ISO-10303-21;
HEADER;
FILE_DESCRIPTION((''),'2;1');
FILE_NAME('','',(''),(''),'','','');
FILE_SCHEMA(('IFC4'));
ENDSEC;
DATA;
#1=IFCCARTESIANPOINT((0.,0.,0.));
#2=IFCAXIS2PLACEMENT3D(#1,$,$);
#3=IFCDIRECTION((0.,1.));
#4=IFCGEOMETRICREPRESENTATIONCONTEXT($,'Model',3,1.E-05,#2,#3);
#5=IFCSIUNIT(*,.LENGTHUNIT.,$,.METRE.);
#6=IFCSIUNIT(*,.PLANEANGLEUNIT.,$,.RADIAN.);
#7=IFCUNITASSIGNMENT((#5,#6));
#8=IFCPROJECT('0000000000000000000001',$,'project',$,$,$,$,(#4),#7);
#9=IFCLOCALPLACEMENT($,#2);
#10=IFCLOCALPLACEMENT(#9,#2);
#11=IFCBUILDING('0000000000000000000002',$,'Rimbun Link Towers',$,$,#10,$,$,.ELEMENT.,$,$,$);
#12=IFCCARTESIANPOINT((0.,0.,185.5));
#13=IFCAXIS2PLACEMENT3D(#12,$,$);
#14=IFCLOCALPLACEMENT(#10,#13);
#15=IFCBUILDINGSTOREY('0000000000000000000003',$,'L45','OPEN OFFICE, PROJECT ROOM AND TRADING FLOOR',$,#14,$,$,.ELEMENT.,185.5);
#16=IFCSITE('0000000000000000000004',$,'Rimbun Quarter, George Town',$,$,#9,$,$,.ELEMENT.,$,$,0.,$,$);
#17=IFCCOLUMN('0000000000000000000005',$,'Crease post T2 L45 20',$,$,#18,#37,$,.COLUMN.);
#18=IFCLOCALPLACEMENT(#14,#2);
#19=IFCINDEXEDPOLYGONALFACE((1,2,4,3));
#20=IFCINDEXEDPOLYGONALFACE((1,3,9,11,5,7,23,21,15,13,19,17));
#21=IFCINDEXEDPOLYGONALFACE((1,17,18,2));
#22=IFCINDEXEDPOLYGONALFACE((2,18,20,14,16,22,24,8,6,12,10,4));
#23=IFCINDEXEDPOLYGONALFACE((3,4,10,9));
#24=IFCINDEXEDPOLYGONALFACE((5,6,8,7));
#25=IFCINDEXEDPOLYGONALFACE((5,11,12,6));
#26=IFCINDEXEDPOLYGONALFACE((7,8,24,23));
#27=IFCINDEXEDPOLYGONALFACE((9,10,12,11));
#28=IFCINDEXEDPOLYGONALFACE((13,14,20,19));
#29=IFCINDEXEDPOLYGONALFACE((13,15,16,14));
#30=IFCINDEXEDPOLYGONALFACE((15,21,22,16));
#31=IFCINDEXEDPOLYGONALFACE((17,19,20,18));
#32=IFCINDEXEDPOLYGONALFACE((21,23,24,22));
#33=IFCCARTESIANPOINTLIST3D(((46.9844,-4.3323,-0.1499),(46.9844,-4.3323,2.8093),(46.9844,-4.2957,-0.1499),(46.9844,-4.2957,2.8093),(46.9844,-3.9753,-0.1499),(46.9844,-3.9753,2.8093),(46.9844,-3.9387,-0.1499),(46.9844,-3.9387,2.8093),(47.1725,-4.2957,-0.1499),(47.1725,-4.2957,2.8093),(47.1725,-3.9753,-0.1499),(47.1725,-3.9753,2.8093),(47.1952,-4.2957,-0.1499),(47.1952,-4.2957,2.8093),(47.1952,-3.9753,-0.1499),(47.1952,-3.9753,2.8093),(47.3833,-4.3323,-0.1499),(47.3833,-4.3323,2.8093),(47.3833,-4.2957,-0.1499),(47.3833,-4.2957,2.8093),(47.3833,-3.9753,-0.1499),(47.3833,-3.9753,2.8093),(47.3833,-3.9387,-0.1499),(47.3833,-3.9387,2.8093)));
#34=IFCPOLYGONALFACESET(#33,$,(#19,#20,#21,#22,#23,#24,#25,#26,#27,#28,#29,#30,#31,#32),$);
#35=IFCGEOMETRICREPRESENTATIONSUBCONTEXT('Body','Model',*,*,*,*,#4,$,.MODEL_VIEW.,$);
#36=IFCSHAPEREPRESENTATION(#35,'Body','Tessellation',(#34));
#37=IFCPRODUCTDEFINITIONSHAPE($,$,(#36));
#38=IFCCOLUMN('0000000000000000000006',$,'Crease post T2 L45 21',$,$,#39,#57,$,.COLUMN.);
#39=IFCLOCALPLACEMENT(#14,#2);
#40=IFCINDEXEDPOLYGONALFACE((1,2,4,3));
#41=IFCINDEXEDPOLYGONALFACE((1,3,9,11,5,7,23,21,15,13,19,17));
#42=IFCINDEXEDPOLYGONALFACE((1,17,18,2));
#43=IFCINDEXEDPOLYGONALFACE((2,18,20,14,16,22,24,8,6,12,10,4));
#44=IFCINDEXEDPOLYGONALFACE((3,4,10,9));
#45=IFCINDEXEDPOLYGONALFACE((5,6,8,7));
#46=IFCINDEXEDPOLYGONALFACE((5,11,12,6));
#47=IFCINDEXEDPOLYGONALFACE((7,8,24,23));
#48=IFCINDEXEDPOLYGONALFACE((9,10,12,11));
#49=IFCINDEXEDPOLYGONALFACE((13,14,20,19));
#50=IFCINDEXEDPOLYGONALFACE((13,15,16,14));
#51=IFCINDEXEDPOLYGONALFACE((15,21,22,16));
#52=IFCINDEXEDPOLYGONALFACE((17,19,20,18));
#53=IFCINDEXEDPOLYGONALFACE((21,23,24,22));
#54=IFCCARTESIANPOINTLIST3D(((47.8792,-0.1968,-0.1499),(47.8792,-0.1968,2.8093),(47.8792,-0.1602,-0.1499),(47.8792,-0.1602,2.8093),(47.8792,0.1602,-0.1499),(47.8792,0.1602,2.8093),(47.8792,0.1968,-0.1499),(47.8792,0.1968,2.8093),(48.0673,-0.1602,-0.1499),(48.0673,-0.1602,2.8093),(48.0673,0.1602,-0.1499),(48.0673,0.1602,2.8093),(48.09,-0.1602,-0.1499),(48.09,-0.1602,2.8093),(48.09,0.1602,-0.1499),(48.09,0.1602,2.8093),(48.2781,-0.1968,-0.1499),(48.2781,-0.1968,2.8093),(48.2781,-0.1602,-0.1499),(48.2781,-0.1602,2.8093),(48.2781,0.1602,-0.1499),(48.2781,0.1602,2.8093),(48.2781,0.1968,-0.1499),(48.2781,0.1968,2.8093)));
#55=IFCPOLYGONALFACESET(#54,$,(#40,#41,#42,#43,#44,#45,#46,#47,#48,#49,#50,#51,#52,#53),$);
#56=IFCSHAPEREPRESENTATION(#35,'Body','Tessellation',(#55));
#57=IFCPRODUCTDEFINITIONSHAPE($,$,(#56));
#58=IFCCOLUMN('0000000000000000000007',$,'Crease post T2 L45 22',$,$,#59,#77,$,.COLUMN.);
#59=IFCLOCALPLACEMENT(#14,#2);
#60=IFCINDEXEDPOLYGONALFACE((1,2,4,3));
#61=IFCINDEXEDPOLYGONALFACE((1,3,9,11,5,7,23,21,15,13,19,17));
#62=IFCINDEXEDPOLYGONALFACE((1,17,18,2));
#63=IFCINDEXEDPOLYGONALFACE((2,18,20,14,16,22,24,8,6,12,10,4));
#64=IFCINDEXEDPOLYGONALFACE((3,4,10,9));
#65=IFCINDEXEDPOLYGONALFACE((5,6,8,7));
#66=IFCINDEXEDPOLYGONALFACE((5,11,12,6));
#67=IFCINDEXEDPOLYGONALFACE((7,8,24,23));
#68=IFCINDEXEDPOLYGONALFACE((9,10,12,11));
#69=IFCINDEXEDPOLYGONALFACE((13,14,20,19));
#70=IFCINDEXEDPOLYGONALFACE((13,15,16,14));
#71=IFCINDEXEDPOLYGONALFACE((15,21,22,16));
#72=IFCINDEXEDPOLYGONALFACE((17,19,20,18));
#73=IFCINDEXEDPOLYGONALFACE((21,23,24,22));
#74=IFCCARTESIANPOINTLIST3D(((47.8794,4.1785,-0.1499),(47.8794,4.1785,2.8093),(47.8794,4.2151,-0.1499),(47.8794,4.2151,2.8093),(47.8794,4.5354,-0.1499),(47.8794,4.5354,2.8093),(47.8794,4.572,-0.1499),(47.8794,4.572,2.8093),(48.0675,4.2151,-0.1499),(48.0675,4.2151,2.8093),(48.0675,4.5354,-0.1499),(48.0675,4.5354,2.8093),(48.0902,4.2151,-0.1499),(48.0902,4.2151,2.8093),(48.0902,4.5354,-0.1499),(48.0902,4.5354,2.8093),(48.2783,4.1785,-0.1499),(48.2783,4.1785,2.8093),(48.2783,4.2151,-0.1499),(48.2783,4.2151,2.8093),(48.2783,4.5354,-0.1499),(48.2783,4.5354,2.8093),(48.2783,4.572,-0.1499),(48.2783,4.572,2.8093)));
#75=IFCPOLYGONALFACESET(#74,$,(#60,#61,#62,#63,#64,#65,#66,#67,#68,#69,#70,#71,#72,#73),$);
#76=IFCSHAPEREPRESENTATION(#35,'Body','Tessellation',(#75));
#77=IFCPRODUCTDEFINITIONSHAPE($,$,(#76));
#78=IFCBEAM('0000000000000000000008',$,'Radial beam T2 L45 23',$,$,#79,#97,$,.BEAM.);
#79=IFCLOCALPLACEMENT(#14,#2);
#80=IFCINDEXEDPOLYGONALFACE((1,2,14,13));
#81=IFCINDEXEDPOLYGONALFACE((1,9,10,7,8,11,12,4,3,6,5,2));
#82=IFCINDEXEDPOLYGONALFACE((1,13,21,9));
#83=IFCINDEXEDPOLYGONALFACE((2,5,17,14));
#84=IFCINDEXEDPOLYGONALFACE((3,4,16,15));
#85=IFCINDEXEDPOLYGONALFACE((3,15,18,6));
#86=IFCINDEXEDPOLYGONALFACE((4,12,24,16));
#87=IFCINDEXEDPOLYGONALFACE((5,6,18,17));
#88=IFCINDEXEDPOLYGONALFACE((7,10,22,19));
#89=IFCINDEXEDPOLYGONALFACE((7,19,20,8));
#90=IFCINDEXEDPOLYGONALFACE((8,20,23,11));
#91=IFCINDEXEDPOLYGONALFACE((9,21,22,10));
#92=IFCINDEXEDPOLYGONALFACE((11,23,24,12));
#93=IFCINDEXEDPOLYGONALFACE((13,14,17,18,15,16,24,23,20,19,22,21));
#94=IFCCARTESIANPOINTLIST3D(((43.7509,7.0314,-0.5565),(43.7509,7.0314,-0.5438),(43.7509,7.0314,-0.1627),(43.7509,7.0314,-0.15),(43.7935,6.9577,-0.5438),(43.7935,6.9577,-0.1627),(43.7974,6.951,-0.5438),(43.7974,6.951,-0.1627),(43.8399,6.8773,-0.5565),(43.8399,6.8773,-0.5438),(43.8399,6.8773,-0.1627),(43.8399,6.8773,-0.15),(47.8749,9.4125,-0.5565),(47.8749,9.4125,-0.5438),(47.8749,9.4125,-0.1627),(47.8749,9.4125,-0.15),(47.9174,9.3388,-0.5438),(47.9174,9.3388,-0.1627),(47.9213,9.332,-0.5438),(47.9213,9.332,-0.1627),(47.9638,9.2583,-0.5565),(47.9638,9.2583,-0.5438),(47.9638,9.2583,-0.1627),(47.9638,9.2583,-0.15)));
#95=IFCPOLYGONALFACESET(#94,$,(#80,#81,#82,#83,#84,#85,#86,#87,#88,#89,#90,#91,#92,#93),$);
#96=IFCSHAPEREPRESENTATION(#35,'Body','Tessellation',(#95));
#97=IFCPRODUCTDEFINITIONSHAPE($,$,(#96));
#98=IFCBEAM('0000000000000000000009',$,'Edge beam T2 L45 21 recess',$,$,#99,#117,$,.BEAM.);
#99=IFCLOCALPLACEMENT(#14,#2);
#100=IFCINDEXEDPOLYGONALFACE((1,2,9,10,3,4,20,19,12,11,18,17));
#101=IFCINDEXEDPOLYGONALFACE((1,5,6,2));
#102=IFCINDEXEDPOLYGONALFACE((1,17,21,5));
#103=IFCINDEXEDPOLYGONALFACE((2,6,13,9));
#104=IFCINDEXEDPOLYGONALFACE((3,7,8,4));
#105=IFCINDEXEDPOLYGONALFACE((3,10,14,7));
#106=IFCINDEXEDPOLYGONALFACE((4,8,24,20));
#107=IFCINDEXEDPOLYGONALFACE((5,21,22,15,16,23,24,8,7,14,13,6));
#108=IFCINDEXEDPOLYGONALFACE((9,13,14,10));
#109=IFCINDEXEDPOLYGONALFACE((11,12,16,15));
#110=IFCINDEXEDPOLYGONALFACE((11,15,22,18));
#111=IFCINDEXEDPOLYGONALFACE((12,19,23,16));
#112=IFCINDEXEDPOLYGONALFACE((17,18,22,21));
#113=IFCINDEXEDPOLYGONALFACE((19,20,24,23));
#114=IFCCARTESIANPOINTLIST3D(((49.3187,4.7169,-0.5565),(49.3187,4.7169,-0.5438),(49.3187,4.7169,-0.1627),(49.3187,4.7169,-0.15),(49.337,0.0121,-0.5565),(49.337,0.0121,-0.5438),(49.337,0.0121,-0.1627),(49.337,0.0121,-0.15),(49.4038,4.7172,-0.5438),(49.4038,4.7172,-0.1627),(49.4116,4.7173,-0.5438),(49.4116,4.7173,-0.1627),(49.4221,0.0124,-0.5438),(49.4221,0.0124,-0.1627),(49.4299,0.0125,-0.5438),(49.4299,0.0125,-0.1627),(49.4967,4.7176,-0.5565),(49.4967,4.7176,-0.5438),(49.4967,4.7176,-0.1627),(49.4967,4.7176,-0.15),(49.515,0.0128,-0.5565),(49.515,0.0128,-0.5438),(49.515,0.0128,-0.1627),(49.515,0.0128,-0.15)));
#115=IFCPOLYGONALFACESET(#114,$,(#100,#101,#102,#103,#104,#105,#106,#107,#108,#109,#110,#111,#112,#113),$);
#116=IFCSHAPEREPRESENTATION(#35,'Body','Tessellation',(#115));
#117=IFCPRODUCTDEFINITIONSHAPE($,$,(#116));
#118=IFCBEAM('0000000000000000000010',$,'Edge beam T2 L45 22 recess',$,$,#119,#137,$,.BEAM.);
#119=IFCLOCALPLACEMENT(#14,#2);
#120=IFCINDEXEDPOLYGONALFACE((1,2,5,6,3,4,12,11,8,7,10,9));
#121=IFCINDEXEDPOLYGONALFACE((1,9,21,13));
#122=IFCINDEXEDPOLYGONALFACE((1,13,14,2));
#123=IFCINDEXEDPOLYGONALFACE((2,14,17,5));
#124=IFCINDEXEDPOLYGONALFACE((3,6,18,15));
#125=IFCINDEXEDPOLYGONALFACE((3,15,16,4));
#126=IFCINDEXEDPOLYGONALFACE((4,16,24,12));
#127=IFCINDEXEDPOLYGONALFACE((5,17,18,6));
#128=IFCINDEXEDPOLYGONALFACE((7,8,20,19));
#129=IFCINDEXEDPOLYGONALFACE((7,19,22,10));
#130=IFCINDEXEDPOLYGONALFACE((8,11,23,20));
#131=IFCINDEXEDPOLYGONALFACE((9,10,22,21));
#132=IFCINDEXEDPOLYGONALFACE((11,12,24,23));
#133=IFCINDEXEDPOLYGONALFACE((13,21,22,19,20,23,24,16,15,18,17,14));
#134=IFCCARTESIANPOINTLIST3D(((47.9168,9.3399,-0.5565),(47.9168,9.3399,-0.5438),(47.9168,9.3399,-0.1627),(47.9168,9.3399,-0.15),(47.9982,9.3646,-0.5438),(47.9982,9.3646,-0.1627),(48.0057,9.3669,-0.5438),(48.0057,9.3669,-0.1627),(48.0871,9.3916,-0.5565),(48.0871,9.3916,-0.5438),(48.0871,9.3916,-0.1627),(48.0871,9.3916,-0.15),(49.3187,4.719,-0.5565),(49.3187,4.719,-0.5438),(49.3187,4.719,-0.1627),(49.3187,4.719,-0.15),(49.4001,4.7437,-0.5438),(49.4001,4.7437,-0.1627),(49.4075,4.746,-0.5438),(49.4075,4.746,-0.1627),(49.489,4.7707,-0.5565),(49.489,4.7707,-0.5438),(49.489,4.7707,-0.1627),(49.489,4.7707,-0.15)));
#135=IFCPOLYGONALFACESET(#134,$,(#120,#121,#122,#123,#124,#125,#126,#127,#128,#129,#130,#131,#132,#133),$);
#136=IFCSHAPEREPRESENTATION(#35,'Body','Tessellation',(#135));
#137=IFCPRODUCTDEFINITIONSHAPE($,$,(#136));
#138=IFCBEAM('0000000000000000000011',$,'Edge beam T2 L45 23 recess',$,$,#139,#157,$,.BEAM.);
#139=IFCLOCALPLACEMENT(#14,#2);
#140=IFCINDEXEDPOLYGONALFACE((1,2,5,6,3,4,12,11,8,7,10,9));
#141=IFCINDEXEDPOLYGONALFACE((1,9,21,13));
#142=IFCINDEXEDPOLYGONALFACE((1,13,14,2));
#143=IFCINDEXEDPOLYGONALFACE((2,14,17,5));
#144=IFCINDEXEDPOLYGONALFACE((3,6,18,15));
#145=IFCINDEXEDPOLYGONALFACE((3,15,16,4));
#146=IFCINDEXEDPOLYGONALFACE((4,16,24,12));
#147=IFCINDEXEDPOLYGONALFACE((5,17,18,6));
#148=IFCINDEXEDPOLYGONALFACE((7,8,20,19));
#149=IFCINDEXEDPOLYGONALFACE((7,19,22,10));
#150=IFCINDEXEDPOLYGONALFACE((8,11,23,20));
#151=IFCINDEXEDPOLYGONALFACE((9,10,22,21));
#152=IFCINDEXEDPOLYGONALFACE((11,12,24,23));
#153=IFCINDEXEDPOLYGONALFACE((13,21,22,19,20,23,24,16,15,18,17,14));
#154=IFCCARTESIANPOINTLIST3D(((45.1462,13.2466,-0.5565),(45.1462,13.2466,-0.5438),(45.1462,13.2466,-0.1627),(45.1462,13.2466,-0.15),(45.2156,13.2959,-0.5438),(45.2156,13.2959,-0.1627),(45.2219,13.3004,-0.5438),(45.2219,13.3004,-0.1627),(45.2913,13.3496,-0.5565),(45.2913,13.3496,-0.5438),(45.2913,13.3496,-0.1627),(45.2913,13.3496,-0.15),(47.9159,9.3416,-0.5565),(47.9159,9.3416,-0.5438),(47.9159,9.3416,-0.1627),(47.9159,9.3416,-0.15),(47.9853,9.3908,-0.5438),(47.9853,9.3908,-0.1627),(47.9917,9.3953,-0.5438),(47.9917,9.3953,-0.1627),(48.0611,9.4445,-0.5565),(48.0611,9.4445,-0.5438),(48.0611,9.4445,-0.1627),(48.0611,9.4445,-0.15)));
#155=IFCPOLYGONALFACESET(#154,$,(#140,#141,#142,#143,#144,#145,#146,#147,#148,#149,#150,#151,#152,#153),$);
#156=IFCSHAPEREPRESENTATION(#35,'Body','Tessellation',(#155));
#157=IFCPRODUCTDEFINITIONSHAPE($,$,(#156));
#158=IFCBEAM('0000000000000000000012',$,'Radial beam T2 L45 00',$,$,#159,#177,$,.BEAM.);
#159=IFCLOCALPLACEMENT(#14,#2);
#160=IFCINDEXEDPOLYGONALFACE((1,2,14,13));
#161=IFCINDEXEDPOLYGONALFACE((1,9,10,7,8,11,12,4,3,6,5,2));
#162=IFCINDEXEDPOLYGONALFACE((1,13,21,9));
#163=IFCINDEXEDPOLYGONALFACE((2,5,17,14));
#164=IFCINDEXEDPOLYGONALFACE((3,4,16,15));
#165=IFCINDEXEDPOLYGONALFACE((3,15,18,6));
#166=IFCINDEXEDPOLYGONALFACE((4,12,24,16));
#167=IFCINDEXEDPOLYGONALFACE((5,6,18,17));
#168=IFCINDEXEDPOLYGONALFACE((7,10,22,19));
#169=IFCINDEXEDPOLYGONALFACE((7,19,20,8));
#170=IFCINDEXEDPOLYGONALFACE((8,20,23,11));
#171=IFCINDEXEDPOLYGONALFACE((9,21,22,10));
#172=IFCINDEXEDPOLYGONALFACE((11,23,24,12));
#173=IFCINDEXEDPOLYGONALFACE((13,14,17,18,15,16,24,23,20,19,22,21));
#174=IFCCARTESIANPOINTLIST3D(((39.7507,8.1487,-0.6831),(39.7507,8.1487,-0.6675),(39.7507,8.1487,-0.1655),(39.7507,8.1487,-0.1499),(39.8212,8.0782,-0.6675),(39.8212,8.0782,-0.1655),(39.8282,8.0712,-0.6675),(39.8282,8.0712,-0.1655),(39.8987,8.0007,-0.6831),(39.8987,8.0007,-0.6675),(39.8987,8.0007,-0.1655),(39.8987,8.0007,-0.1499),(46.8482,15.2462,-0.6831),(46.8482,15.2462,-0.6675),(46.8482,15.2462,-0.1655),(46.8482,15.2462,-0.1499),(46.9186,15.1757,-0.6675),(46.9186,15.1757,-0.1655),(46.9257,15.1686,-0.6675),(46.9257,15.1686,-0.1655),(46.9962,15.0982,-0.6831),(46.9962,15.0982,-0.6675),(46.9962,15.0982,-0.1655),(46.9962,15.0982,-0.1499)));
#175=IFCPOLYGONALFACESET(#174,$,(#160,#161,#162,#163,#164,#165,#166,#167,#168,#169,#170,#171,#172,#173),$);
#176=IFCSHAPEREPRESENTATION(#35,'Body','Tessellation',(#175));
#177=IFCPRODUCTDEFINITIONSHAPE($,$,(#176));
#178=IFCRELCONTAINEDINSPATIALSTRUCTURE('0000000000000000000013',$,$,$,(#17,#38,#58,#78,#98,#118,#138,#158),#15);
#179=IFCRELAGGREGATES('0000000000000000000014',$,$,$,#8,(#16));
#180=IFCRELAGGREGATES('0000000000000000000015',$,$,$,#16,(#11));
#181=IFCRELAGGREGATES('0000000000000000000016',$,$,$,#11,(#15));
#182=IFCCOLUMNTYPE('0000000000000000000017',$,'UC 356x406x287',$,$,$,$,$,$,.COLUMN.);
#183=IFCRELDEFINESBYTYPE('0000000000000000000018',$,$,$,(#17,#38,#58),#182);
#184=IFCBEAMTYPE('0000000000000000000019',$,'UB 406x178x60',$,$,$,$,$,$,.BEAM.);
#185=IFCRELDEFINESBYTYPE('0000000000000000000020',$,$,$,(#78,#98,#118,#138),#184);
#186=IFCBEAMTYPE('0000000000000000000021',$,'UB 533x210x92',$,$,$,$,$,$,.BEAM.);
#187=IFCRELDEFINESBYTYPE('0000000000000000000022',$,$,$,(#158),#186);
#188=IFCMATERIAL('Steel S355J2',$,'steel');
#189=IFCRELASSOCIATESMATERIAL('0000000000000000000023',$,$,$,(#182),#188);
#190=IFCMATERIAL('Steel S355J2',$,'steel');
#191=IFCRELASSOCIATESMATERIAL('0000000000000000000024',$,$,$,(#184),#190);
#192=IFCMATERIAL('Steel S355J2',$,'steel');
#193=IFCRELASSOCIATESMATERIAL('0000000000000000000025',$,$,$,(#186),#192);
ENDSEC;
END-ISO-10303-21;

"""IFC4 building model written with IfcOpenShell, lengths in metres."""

from ifc_helpers import new_model, si_unit, direction, frame, origin, origin_2d, place, context, subcontext, project, spatial, i_section, extrude, material, material_profile, profile_set, type_object, element, save


model = new_model("IFC4")

# Units and contexts
model_context = context("Model", 3, precision=1e-05, world=origin(), true_north=direction((0.0, 1.0)))
body_context = subcontext(model_context, "Body", "Model", "MODEL_VIEW")
ifc_project = project(units=[si_unit("LENGTHUNIT", "METRE"), si_unit("PLANEANGLEUNIT", "RADIAN")], contexts=[model_context])

# Site, building, storey
site_placement = place(None, origin())
site = spatial("IfcSite", under=ifc_project, at=site_placement, Name="Rimbun Quarter, George Town", CompositionType="ELEMENT", RefElevation=0.0)
building_placement = place(site_placement, origin())
building = spatial("IfcBuilding", under=site, at=building_placement, Name="Rimbun Link Towers", CompositionType="ELEMENT")
storey_placement = place(building_placement, frame((0.0, 0.0, 185.5)))
storey = spatial("IfcBuildingStorey", under=building, at=storey_placement, Name="L45", Description="OPEN OFFICE, PROJECT ROOM AND TRADING FLOOR", CompositionType="ELEMENT", Elevation=185.5)

# Columns
ifc_material_1 = material(Name="Steel S355J2", Category="steel")
ifc_material_profile_1 = material_profile(ifc_material_1, i_section(OverallWidth=0.3989, OverallDepth=0.3936, WebThickness=0.0227, FlangeThickness=0.0366, at=origin_2d()), Name="UC 356x406x287")
ifc_profile_set_1 = profile_set([ifc_material_profile_1], Name="Steel S355J2")
column_type = type_object("IfcColumnType", Name="UC 356x406x287", PredefinedType="COLUMN", material=ifc_profile_set_1)
for number, where, z_axis, x_axis, name in (
    (1, (47.1838, -4.1355, -0.1499), (0.0, 0.0, 1.0), (1.0, 0.0, 0.0), "Crease post T2 L45 20"),
    (2, (48.0786, 0.0, -0.1499), (0.0, 0.0, 1.0), (1.0, 0.0, 0.0), "Crease post T2 L45 21"),
    (3, (48.0789, 4.3752, -0.1499), (0.0, 0.0, 1.0), (1.0, 0.0, 0.0), "Crease post T2 L45 22"),
):
    element("IfcColumn", number, at=place(storey_placement, frame(where, z_axis=z_axis, x_axis=x_axis)), inside=storey, type_object=column_type, Name=name, PredefinedType="COLUMN", context=body_context, shape_type="SweptSolid", body=[
        extrude(i_section(OverallWidth=0.3989, OverallDepth=0.3936, WebThickness=0.0227, FlangeThickness=0.0366, at=origin_2d()), origin(), (0.0, 0.0, 1.0), 2.9592),
    ])

# Beams
ifc_material_2 = material(Name="Steel S355J2", Category="steel")
ifc_material_profile_2 = material_profile(ifc_material_2, i_section(OverallWidth=0.178, OverallDepth=0.4065, WebThickness=0.0078, FlangeThickness=0.0127, at=origin_2d()), Name="UB 406x178x60")
ifc_profile_set_2 = profile_set([ifc_material_profile_2], Name="Steel S355J2")
beam_type_1 = type_object("IfcBeamType", Name="UB 406x178x60", PredefinedType="BEAM", material=ifc_profile_set_2)
beam_1_placement = place(storey_placement, frame((43.7954, 6.9543, -0.3533), z_axis=(0.866017, 0.500015, 0.0), x_axis=(-0.500015, 0.866017, 0.0)))
element("IfcBeam", 4, at=beam_1_placement, inside=storey, type_object=beam_type_1, Name="Radial beam T2 L45 23", PredefinedType="BEAM", context=body_context, shape_type="SweptSolid", body=[
    extrude(i_section(OverallWidth=0.178, OverallDepth=0.4065, WebThickness=0.0078, FlangeThickness=0.0127, at=origin_2d()), origin(), (0.0, 0.0, 1.0), 4.762),
])
beam_2_placement = place(storey_placement, frame((49.426, 0.0125, -0.3533), z_axis=(-0.003892, 0.999992, 0.0), x_axis=(-0.999992, -0.003892, 0.0)))
element("IfcBeam", 5, at=beam_2_placement, inside=storey, type_object=beam_type_1, Name="Edge beam T2 L45 21 recess", PredefinedType="BEAM", context=body_context, shape_type="SweptSolid", body=[
    extrude(i_section(OverallWidth=0.178, OverallDepth=0.4065, WebThickness=0.0078, FlangeThickness=0.0127, at=origin_2d()), origin(), (0.0, 0.0, 1.0), 4.7048),
])
beam_3_placement = place(storey_placement, frame((49.4038, 4.7449, -0.3533), z_axis=(-0.29031, 0.956933, 0.0), x_axis=(-0.956933, -0.29031, 0.0)))
element("IfcBeam", 6, at=beam_3_placement, inside=storey, type_object=beam_type_1, Name="Edge beam T2 L45 22 recess", PredefinedType="BEAM", context=body_context, shape_type="SweptSolid", body=[
    extrude(i_section(OverallWidth=0.178, OverallDepth=0.4065, WebThickness=0.0078, FlangeThickness=0.0127, at=origin_2d()), origin(), (0.0, 0.0, 1.0), 4.8289),
])
beam_4_placement = place(storey_placement, frame((47.9885, 9.3931, -0.3533), z_axis=(-0.578534, 0.815659, 0.0), x_axis=(-0.815659, -0.578534, 0.0)))
element("IfcBeam", 7, at=beam_4_placement, inside=storey, type_object=beam_type_1, Name="Edge beam T2 L45 23 recess", PredefinedType="BEAM", context=body_context, shape_type="SweptSolid", body=[
    extrude(i_section(OverallWidth=0.178, OverallDepth=0.4065, WebThickness=0.0078, FlangeThickness=0.0127, at=origin_2d()), origin(), (0.0, 0.0, 1.0), 4.7876),
])
ifc_material_3 = material(Name="Steel S355J2", Category="steel")
ifc_material_profile_3 = material_profile(ifc_material_3, i_section(OverallWidth=0.2092, OverallDepth=0.5332, WebThickness=0.01, FlangeThickness=0.0156, at=origin_2d()), Name="UB 533x210x92")
ifc_profile_set_3 = profile_set([ifc_material_profile_3], Name="Steel S355J2")
beam_type_2 = type_object("IfcBeamType", Name="UB 533x210x92", PredefinedType="BEAM", material=ifc_profile_set_3)
beam_5_placement = place(storey_placement, frame((39.8247, 8.0747, -0.4165), z_axis=(0.707107, 0.707107, 0.0), x_axis=(-0.707107, 0.707107, 0.0)))
element("IfcBeam", 8, at=beam_5_placement, inside=storey, type_object=beam_type_2, Name="Radial beam T2 L45 00", PredefinedType="BEAM", context=body_context, shape_type="SweptSolid", body=[
    extrude(i_section(OverallWidth=0.2092, OverallDepth=0.5332, WebThickness=0.01, FlangeThickness=0.0156, at=origin_2d()), origin(), (0.0, 0.0, 1.0), 10.0374),
])

save(model, "model.ifc")
